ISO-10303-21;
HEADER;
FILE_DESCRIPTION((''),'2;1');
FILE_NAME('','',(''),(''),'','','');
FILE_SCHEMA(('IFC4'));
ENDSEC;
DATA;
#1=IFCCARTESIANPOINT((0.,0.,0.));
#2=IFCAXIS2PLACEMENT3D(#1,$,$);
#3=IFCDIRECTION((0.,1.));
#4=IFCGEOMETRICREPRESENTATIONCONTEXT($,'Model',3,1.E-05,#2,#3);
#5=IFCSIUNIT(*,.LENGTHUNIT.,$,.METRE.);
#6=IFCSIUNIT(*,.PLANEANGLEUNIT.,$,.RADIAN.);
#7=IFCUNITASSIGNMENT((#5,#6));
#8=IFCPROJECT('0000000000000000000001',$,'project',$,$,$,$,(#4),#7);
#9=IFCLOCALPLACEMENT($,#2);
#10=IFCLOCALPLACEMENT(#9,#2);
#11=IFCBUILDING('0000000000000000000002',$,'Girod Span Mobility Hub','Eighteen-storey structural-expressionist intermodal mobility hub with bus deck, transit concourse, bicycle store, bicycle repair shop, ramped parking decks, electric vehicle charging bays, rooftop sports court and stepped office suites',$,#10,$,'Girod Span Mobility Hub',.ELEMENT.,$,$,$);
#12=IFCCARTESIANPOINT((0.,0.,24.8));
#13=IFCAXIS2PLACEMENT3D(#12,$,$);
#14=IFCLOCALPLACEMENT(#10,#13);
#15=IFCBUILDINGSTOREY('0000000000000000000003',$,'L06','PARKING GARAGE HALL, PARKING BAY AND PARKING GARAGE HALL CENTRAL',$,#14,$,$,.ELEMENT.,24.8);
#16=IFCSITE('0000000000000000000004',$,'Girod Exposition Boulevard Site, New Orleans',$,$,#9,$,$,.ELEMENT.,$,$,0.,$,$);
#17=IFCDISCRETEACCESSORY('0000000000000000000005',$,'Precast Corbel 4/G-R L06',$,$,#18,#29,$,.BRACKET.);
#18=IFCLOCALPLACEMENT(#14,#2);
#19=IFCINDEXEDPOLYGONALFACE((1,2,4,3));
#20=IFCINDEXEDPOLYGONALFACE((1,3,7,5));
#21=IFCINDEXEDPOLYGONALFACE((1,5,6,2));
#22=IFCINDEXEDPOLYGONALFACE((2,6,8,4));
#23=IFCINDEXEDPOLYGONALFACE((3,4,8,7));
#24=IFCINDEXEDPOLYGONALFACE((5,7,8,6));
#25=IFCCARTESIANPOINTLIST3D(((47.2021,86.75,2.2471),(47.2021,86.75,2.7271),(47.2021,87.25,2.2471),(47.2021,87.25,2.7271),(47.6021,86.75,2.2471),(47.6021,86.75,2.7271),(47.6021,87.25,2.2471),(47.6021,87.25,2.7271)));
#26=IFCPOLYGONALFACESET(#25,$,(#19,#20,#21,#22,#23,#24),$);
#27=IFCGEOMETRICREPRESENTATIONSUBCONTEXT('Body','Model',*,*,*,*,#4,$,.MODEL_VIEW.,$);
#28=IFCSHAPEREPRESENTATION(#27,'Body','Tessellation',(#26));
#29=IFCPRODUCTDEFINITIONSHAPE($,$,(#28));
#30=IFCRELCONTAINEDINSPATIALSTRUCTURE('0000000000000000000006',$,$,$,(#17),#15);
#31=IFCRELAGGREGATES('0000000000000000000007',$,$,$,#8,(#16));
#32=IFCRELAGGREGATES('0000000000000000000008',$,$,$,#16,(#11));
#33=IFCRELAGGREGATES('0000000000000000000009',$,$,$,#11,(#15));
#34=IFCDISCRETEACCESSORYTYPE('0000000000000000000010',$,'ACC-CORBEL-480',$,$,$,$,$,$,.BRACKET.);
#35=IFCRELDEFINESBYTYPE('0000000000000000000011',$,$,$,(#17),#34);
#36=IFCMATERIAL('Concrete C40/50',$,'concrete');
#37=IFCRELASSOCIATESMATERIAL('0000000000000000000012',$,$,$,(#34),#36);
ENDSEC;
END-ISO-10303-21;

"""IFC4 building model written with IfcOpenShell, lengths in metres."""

from ifc_helpers import new_model, si_unit, direction, frame, origin, origin_2d, place, context, subcontext, project, spatial, rectangle, extrude, material, type_object, element, save


model = new_model("IFC4")

# Units and contexts
model_context = context("Model", 3, precision=1e-05, world=origin(), true_north=direction((0.0, 1.0)))
body_context = subcontext(model_context, "Body", "Model", "MODEL_VIEW")
ifc_project = project(units=[si_unit("LENGTHUNIT", "METRE"), si_unit("PLANEANGLEUNIT", "RADIAN")], contexts=[model_context])

# Site, building, storey
site_placement = place(None, origin())
site = spatial("IfcSite", under=ifc_project, at=site_placement, Name="Girod Exposition Boulevard Site, New Orleans", CompositionType="ELEMENT", RefElevation=0.0)
building_placement = place(site_placement, origin())
building = spatial("IfcBuilding", under=site, at=building_placement, Name="Girod Span Mobility Hub", Description="Eighteen-storey structural-expressionist intermodal mobility hub with bus deck, transit concourse, bicycle store, bicycle repair shop, ramped parking decks, electric vehicle charging bays, rooftop sports court and stepped office suites", LongName="Girod Span Mobility Hub", CompositionType="ELEMENT")
storey_placement = place(building_placement, frame((0.0, 0.0, 24.8)))
storey = spatial("IfcBuildingStorey", under=building, at=storey_placement, Name="L06", Description="PARKING GARAGE HALL, PARKING BAY AND PARKING GARAGE HALL CENTRAL", CompositionType="ELEMENT", Elevation=24.8)

# Discrete accessory
ifc_material_1 = material(Name="Concrete C40/50", Category="concrete")
discrete_accessory_type = type_object("IfcDiscreteAccessoryType", Name="ACC-CORBEL-480", PredefinedType="BRACKET", material=ifc_material_1)
for number, where, z_axis, x_axis, name in (
    (1, (47.4021, 87.0, 2.2471), (0.0, 0.0, 1.0), (1.0, 0.0, 0.0), "Precast Corbel 4/G-R L06"),
):
    element("IfcDiscreteAccessory", number, at=place(storey_placement, frame(where, z_axis=z_axis, x_axis=x_axis)), inside=storey, type_object=discrete_accessory_type, Name=name, PredefinedType="BRACKET", context=body_context, shape_type="SweptSolid", body=[
        extrude(rectangle(XDim=0.3999, YDim=0.5, at=origin_2d()), origin(), (0.0, 0.0, 1.0), 0.48),
    ])

save(model, "model.ifc")
